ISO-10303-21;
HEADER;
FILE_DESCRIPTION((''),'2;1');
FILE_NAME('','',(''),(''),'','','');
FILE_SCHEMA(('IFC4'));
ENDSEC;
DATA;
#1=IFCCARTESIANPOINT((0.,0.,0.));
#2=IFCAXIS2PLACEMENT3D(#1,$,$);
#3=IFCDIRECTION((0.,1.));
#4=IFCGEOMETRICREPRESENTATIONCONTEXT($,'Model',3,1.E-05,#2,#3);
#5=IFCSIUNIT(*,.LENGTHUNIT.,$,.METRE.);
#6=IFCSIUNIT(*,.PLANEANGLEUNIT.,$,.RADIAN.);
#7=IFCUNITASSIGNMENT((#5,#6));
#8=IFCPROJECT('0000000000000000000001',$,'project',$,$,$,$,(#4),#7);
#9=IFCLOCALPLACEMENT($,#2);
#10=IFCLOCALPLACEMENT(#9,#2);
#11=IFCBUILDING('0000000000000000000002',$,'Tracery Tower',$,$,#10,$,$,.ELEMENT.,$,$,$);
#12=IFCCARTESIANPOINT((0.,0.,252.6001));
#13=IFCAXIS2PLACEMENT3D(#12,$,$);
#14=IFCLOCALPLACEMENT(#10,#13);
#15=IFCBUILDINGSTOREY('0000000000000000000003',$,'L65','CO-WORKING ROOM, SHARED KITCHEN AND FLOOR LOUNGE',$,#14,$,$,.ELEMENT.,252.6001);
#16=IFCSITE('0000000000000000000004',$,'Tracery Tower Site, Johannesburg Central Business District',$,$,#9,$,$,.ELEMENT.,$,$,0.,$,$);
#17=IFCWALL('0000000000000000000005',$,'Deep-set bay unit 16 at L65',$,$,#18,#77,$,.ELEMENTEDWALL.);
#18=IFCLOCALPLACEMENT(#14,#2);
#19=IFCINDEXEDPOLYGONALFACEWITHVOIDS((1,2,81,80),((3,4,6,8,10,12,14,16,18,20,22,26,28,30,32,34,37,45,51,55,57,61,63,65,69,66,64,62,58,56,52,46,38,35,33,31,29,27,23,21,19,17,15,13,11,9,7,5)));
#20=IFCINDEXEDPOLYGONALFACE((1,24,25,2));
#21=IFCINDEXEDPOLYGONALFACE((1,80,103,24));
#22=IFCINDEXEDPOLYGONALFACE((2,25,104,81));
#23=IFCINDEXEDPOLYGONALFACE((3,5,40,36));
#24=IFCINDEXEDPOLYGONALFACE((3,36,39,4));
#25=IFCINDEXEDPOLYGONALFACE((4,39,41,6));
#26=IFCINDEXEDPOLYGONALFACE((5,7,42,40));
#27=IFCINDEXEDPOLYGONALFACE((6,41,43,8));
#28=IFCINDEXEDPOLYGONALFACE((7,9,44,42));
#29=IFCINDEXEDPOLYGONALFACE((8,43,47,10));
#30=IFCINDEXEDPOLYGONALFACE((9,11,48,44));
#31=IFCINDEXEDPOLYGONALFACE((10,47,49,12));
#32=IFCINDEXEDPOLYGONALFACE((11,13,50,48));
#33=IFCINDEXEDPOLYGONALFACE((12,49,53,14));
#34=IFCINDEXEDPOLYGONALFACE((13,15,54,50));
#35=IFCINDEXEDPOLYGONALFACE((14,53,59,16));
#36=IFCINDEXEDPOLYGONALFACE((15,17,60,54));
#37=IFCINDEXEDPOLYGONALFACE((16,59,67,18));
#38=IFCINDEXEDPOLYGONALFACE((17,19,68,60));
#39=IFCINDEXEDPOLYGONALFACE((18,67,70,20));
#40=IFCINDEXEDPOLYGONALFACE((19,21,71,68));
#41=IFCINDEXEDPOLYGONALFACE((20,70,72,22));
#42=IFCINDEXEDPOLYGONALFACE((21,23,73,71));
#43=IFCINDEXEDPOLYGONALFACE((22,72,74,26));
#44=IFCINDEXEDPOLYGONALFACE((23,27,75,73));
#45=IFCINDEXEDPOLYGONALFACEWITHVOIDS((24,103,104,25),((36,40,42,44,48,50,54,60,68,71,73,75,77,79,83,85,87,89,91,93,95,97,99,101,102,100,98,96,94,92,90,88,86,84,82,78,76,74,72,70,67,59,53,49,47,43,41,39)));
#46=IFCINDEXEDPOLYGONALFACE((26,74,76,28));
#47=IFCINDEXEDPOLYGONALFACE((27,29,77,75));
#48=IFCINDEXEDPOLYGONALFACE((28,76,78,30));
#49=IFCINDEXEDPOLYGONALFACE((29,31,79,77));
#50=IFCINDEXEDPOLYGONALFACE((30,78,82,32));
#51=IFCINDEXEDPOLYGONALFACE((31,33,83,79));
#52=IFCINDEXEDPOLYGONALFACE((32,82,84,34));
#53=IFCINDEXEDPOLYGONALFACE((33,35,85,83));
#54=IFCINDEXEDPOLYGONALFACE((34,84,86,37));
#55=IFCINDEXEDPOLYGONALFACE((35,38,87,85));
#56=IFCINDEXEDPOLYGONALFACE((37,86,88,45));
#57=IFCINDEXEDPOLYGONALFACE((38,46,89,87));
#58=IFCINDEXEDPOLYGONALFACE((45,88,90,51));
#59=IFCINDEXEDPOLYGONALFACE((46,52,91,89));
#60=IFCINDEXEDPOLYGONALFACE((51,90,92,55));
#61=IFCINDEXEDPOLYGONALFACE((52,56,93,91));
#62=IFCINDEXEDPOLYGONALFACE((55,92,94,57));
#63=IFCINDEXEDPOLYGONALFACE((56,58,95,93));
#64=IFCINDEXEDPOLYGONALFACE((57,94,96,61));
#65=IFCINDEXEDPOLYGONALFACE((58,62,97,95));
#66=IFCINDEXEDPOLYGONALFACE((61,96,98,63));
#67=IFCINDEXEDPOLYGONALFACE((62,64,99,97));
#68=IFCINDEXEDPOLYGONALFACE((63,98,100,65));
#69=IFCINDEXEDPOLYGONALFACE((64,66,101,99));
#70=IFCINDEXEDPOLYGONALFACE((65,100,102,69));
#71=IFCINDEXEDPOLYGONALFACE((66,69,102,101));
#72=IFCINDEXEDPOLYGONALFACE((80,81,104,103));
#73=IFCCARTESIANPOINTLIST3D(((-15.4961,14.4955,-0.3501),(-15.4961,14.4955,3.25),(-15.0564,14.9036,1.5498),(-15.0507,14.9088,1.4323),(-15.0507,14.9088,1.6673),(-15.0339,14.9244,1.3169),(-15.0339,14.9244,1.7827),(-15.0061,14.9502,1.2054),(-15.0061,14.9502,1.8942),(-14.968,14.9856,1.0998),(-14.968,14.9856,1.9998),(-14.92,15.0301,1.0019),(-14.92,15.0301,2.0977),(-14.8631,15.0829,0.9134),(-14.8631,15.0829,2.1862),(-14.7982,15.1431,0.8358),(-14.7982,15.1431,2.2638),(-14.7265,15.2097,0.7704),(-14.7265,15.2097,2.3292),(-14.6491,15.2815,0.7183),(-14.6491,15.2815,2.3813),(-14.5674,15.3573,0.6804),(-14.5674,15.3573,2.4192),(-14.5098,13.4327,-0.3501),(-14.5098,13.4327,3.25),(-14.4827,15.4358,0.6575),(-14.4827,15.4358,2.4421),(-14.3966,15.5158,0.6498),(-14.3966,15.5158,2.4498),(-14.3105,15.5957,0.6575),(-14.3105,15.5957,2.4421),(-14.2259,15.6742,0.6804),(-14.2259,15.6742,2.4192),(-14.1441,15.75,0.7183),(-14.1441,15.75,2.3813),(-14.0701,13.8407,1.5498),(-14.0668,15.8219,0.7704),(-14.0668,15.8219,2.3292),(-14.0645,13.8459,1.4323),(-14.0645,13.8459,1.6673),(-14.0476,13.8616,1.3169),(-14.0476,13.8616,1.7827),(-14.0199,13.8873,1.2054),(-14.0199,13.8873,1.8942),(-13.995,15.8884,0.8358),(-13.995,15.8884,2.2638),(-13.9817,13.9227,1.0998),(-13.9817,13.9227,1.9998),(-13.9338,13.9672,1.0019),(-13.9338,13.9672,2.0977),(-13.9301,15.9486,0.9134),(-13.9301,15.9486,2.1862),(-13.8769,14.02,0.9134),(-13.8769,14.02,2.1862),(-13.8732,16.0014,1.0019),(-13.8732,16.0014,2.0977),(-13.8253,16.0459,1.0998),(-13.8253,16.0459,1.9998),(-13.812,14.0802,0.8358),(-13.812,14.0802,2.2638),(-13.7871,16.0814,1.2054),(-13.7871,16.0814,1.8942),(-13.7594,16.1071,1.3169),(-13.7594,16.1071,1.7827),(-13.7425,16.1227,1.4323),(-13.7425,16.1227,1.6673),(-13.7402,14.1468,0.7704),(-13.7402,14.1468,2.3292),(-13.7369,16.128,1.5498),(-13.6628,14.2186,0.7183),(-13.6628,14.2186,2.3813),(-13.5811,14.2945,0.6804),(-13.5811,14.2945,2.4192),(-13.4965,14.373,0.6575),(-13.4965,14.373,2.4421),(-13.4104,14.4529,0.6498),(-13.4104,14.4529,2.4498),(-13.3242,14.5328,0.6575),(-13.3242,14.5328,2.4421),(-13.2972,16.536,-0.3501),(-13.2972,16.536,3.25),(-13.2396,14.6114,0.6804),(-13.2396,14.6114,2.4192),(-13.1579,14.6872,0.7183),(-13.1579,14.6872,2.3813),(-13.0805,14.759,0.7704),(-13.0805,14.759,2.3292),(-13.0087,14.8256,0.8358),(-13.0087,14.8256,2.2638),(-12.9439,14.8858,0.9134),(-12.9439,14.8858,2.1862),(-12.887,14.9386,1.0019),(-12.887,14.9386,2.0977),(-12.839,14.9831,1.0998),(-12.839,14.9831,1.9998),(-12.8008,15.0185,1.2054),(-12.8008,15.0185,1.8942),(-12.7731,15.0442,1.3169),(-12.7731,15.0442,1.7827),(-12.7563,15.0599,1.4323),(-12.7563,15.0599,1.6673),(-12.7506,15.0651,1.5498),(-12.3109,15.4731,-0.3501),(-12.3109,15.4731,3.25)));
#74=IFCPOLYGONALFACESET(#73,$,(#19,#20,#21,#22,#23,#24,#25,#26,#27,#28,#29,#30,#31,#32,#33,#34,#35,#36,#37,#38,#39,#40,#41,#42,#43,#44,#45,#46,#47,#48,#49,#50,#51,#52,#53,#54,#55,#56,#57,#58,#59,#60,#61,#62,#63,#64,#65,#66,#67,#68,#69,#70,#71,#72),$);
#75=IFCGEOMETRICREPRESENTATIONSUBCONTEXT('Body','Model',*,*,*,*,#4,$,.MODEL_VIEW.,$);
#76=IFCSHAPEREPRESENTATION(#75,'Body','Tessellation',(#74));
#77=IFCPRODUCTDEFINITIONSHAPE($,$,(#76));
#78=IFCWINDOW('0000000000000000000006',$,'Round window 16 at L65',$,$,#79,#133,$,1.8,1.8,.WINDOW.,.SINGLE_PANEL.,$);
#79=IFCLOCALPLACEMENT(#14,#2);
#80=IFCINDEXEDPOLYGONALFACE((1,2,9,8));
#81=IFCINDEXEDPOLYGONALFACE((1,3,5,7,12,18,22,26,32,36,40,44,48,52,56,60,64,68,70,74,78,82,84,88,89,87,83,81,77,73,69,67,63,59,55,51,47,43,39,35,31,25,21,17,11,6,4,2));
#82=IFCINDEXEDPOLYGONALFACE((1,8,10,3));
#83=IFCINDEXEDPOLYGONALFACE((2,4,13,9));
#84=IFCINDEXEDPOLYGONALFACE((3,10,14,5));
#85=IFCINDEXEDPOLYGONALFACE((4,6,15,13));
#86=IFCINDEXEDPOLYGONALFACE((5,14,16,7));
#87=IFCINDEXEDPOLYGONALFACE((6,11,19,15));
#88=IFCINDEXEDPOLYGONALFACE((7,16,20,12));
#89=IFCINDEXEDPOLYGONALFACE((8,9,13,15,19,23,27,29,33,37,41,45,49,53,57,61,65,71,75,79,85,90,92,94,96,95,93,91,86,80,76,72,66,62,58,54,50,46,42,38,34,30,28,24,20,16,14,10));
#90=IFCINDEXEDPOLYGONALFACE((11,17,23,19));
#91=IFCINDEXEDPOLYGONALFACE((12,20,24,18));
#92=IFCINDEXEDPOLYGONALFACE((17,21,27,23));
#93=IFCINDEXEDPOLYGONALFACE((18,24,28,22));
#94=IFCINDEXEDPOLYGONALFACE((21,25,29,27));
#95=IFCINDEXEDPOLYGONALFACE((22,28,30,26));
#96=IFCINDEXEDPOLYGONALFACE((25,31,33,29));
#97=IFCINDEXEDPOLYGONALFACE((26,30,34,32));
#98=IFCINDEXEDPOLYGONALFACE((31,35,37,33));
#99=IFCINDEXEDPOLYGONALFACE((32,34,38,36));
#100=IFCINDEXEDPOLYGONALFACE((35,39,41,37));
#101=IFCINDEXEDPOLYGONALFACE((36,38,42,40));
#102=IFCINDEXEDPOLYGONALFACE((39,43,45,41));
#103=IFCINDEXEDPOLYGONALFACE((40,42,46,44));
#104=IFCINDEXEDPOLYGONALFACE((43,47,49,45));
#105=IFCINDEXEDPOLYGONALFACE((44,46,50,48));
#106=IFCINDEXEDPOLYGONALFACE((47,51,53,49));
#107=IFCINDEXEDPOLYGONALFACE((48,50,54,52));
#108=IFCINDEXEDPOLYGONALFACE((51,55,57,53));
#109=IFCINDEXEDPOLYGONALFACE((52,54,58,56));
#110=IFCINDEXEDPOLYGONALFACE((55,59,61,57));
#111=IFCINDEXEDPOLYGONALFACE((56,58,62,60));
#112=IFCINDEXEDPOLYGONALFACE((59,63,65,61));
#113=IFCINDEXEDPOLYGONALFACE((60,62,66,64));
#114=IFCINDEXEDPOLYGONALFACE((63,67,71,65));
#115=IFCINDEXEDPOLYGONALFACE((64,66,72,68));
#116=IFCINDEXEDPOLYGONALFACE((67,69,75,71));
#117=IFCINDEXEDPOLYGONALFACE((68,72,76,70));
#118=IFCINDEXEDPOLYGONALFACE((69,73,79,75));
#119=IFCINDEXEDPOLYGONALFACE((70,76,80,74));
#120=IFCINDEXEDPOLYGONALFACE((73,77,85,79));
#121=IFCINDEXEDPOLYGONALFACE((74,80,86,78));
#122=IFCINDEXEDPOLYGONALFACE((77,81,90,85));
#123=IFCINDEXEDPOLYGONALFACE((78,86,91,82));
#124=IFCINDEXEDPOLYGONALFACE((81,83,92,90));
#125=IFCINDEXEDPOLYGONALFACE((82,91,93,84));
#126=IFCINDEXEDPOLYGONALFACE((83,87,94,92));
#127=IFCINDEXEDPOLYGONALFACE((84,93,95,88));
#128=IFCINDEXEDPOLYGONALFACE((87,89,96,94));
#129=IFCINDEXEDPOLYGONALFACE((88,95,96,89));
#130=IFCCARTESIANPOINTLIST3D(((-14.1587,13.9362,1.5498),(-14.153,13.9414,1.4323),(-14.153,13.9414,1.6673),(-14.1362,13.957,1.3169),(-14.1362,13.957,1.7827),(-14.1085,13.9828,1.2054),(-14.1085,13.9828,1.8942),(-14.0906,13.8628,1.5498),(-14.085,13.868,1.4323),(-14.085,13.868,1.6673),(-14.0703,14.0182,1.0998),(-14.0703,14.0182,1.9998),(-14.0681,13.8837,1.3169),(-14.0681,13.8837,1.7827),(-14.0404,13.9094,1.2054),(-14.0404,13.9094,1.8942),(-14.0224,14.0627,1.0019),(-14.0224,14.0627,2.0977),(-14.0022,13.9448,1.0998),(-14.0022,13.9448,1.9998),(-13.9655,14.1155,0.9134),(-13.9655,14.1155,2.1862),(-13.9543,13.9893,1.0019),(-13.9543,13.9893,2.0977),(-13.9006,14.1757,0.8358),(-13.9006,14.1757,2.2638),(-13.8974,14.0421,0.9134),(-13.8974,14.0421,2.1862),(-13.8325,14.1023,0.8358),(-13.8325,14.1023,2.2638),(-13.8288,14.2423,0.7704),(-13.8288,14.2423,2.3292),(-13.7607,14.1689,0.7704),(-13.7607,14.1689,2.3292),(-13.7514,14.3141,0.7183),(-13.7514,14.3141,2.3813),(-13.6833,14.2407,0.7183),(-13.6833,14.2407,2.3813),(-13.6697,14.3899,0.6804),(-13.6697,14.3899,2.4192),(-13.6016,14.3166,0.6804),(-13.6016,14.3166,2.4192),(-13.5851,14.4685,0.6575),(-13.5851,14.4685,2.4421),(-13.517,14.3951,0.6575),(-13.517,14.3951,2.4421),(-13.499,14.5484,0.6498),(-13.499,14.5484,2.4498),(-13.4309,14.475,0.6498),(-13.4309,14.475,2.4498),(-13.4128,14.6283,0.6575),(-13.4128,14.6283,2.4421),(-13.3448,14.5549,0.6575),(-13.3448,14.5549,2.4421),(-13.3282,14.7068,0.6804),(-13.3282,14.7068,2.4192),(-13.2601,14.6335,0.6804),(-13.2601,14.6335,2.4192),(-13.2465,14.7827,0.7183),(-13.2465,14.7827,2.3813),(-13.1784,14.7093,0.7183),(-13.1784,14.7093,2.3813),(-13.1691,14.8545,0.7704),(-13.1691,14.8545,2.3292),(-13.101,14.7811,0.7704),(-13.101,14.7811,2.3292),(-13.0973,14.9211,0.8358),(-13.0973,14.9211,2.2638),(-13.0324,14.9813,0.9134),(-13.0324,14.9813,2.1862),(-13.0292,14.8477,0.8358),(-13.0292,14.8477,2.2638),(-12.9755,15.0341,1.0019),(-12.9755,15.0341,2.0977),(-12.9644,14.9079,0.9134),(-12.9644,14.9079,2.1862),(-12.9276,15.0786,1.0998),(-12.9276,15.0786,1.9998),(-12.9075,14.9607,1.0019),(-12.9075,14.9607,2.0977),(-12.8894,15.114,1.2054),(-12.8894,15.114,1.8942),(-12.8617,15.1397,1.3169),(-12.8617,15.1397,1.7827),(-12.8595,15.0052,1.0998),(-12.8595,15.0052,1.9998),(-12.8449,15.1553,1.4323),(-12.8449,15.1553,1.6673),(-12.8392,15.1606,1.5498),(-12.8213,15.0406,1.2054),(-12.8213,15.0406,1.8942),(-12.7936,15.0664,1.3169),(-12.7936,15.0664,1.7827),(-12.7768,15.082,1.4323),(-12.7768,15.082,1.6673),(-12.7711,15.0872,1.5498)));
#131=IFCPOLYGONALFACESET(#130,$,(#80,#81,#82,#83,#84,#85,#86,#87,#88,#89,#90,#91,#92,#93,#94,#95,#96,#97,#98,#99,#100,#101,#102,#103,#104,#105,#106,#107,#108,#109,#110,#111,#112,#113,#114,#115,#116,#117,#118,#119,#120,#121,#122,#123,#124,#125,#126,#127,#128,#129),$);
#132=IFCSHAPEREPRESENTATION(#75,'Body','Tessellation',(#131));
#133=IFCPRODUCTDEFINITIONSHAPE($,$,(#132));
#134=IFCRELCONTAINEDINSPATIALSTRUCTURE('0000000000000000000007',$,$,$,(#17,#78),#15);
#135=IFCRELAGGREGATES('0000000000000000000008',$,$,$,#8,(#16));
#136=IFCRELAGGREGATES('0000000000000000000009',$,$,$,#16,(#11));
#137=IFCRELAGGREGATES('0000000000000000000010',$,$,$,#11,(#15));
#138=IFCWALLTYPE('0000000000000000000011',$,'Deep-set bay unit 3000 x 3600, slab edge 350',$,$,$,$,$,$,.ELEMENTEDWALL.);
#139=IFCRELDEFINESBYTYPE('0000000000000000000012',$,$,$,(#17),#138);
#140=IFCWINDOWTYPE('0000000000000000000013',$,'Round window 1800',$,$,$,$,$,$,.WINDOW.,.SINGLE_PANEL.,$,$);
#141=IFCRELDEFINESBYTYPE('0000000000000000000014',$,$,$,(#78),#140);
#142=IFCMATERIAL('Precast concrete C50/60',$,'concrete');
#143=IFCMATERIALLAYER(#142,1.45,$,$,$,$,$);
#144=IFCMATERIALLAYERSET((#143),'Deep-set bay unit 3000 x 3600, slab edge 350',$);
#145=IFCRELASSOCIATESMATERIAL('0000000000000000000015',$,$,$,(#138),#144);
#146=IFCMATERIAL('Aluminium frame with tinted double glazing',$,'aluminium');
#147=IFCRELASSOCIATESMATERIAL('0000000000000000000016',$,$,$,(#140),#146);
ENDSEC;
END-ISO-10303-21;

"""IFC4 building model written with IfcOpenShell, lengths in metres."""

from ifc_helpers import new_model, si_unit, direction, frame, frame_2d, origin, origin_2d, place, context, subcontext, project, spatial, rectangle, circle, extrude, material, layer, layer_set, type_object, element, fill, save


model = new_model("IFC4")

# Units and contexts
model_context = context("Model", 3, precision=1e-05, world=origin(), true_north=direction((0.0, 1.0)))
body_context = subcontext(model_context, "Body", "Model", "MODEL_VIEW")
ifc_project = project(units=[si_unit("LENGTHUNIT", "METRE"), si_unit("PLANEANGLEUNIT", "RADIAN")], contexts=[model_context])

# Site, building, storey
site_placement = place(None, origin())
site = spatial("IfcSite", under=ifc_project, at=site_placement, Name="Tracery Tower Site, Johannesburg Central Business District", CompositionType="ELEMENT", RefElevation=0.0)
building_placement = place(site_placement, origin())
building = spatial("IfcBuilding", under=site, at=building_placement, Name="Tracery Tower", CompositionType="ELEMENT")
storey_placement = place(building_placement, frame((0.0, 0.0, 252.6001)))
storey = spatial("IfcBuildingStorey", under=building, at=storey_placement, Name="L65", Description="CO-WORKING ROOM, SHARED KITCHEN AND FLOOR LOUNGE", CompositionType="ELEMENT", Elevation=252.6001)

# Wall, opening, window
ifc_material_1 = material(Name="Precast concrete C50/60", Category="concrete")
ifc_layer_1 = layer(ifc_material_1, 1.45)
ifc_layer_set_1 = layer_set([ifc_layer_1], Name="Deep-set bay unit 3000 x 3600, slab edge 350")
wall_type_1 = type_object("IfcWallType", Name="Deep-set bay unit 3000 x 3600, slab edge 350", PredefinedType="ELEMENTEDWALL", material=ifc_layer_set_1)
wall_1_placement = place(storey_placement, frame((-12.804, 16.0046, -0.3501), z_axis=(0.0, 0.0, 1.0), x_axis=(-0.733022, -0.680204, 0.0)))
wall_1 = element("IfcWall", 1, at=wall_1_placement, inside=storey, type_object=wall_type_1, Name="Deep-set bay unit 16 at L65", PredefinedType="ELEMENTEDWALL", context=body_context, shape_type="SweptSolid", body=[
    extrude(rectangle(XDim=2.9998, YDim=1.45, at=frame_2d((1.5, 0.0))), origin(), (0.0, 0.0, 1.0), 3.6001),
])
opening_1_placement = place(wall_1_placement, frame((1.5, 0.0, 1.8999)))
opening_1 = element("IfcOpeningElement", 2, at=opening_1_placement, cuts=wall_1, PredefinedType="OPENING", context=body_context, shape_type="SweptSolid", body=[
    extrude(circle(Radius=0.9, at=origin_2d()), frame((0.0, 0.7349, 0.0), z_axis=(0.0, -1.0, 0.0), x_axis=(1.0, 0.0, 0.0)), (0.0, 0.0, 1.0), 1.47),
])
ifc_material_2 = material(Name="Aluminium frame with tinted double glazing", Category="aluminium")
window_type = type_object("IfcWindowType", Name="Round window 1800", PartitioningType="SINGLE_PANEL", PredefinedType="WINDOW", material=ifc_material_2)
window_1_placement = place(opening_1_placement, origin())
window_1 = element("IfcWindow", 3, at=window_1_placement, inside=storey, type_object=window_type, Name="Round window 16 at L65", OverallHeight=1.8, OverallWidth=1.8, PartitioningType="SINGLE_PANEL", PredefinedType="WINDOW", context=body_context, shape_type="SweptSolid", body=[
    extrude(circle(Radius=0.9, at=origin_2d()), frame((0.0, 0.6948, 0.0), z_axis=(0.0, -1.0, 0.0), x_axis=(1.0, 0.0, 0.0)), (0.0, 0.0, 1.0), 0.1001),
])
fill(opening_1, window_1)

save(model, "model.ifc")
